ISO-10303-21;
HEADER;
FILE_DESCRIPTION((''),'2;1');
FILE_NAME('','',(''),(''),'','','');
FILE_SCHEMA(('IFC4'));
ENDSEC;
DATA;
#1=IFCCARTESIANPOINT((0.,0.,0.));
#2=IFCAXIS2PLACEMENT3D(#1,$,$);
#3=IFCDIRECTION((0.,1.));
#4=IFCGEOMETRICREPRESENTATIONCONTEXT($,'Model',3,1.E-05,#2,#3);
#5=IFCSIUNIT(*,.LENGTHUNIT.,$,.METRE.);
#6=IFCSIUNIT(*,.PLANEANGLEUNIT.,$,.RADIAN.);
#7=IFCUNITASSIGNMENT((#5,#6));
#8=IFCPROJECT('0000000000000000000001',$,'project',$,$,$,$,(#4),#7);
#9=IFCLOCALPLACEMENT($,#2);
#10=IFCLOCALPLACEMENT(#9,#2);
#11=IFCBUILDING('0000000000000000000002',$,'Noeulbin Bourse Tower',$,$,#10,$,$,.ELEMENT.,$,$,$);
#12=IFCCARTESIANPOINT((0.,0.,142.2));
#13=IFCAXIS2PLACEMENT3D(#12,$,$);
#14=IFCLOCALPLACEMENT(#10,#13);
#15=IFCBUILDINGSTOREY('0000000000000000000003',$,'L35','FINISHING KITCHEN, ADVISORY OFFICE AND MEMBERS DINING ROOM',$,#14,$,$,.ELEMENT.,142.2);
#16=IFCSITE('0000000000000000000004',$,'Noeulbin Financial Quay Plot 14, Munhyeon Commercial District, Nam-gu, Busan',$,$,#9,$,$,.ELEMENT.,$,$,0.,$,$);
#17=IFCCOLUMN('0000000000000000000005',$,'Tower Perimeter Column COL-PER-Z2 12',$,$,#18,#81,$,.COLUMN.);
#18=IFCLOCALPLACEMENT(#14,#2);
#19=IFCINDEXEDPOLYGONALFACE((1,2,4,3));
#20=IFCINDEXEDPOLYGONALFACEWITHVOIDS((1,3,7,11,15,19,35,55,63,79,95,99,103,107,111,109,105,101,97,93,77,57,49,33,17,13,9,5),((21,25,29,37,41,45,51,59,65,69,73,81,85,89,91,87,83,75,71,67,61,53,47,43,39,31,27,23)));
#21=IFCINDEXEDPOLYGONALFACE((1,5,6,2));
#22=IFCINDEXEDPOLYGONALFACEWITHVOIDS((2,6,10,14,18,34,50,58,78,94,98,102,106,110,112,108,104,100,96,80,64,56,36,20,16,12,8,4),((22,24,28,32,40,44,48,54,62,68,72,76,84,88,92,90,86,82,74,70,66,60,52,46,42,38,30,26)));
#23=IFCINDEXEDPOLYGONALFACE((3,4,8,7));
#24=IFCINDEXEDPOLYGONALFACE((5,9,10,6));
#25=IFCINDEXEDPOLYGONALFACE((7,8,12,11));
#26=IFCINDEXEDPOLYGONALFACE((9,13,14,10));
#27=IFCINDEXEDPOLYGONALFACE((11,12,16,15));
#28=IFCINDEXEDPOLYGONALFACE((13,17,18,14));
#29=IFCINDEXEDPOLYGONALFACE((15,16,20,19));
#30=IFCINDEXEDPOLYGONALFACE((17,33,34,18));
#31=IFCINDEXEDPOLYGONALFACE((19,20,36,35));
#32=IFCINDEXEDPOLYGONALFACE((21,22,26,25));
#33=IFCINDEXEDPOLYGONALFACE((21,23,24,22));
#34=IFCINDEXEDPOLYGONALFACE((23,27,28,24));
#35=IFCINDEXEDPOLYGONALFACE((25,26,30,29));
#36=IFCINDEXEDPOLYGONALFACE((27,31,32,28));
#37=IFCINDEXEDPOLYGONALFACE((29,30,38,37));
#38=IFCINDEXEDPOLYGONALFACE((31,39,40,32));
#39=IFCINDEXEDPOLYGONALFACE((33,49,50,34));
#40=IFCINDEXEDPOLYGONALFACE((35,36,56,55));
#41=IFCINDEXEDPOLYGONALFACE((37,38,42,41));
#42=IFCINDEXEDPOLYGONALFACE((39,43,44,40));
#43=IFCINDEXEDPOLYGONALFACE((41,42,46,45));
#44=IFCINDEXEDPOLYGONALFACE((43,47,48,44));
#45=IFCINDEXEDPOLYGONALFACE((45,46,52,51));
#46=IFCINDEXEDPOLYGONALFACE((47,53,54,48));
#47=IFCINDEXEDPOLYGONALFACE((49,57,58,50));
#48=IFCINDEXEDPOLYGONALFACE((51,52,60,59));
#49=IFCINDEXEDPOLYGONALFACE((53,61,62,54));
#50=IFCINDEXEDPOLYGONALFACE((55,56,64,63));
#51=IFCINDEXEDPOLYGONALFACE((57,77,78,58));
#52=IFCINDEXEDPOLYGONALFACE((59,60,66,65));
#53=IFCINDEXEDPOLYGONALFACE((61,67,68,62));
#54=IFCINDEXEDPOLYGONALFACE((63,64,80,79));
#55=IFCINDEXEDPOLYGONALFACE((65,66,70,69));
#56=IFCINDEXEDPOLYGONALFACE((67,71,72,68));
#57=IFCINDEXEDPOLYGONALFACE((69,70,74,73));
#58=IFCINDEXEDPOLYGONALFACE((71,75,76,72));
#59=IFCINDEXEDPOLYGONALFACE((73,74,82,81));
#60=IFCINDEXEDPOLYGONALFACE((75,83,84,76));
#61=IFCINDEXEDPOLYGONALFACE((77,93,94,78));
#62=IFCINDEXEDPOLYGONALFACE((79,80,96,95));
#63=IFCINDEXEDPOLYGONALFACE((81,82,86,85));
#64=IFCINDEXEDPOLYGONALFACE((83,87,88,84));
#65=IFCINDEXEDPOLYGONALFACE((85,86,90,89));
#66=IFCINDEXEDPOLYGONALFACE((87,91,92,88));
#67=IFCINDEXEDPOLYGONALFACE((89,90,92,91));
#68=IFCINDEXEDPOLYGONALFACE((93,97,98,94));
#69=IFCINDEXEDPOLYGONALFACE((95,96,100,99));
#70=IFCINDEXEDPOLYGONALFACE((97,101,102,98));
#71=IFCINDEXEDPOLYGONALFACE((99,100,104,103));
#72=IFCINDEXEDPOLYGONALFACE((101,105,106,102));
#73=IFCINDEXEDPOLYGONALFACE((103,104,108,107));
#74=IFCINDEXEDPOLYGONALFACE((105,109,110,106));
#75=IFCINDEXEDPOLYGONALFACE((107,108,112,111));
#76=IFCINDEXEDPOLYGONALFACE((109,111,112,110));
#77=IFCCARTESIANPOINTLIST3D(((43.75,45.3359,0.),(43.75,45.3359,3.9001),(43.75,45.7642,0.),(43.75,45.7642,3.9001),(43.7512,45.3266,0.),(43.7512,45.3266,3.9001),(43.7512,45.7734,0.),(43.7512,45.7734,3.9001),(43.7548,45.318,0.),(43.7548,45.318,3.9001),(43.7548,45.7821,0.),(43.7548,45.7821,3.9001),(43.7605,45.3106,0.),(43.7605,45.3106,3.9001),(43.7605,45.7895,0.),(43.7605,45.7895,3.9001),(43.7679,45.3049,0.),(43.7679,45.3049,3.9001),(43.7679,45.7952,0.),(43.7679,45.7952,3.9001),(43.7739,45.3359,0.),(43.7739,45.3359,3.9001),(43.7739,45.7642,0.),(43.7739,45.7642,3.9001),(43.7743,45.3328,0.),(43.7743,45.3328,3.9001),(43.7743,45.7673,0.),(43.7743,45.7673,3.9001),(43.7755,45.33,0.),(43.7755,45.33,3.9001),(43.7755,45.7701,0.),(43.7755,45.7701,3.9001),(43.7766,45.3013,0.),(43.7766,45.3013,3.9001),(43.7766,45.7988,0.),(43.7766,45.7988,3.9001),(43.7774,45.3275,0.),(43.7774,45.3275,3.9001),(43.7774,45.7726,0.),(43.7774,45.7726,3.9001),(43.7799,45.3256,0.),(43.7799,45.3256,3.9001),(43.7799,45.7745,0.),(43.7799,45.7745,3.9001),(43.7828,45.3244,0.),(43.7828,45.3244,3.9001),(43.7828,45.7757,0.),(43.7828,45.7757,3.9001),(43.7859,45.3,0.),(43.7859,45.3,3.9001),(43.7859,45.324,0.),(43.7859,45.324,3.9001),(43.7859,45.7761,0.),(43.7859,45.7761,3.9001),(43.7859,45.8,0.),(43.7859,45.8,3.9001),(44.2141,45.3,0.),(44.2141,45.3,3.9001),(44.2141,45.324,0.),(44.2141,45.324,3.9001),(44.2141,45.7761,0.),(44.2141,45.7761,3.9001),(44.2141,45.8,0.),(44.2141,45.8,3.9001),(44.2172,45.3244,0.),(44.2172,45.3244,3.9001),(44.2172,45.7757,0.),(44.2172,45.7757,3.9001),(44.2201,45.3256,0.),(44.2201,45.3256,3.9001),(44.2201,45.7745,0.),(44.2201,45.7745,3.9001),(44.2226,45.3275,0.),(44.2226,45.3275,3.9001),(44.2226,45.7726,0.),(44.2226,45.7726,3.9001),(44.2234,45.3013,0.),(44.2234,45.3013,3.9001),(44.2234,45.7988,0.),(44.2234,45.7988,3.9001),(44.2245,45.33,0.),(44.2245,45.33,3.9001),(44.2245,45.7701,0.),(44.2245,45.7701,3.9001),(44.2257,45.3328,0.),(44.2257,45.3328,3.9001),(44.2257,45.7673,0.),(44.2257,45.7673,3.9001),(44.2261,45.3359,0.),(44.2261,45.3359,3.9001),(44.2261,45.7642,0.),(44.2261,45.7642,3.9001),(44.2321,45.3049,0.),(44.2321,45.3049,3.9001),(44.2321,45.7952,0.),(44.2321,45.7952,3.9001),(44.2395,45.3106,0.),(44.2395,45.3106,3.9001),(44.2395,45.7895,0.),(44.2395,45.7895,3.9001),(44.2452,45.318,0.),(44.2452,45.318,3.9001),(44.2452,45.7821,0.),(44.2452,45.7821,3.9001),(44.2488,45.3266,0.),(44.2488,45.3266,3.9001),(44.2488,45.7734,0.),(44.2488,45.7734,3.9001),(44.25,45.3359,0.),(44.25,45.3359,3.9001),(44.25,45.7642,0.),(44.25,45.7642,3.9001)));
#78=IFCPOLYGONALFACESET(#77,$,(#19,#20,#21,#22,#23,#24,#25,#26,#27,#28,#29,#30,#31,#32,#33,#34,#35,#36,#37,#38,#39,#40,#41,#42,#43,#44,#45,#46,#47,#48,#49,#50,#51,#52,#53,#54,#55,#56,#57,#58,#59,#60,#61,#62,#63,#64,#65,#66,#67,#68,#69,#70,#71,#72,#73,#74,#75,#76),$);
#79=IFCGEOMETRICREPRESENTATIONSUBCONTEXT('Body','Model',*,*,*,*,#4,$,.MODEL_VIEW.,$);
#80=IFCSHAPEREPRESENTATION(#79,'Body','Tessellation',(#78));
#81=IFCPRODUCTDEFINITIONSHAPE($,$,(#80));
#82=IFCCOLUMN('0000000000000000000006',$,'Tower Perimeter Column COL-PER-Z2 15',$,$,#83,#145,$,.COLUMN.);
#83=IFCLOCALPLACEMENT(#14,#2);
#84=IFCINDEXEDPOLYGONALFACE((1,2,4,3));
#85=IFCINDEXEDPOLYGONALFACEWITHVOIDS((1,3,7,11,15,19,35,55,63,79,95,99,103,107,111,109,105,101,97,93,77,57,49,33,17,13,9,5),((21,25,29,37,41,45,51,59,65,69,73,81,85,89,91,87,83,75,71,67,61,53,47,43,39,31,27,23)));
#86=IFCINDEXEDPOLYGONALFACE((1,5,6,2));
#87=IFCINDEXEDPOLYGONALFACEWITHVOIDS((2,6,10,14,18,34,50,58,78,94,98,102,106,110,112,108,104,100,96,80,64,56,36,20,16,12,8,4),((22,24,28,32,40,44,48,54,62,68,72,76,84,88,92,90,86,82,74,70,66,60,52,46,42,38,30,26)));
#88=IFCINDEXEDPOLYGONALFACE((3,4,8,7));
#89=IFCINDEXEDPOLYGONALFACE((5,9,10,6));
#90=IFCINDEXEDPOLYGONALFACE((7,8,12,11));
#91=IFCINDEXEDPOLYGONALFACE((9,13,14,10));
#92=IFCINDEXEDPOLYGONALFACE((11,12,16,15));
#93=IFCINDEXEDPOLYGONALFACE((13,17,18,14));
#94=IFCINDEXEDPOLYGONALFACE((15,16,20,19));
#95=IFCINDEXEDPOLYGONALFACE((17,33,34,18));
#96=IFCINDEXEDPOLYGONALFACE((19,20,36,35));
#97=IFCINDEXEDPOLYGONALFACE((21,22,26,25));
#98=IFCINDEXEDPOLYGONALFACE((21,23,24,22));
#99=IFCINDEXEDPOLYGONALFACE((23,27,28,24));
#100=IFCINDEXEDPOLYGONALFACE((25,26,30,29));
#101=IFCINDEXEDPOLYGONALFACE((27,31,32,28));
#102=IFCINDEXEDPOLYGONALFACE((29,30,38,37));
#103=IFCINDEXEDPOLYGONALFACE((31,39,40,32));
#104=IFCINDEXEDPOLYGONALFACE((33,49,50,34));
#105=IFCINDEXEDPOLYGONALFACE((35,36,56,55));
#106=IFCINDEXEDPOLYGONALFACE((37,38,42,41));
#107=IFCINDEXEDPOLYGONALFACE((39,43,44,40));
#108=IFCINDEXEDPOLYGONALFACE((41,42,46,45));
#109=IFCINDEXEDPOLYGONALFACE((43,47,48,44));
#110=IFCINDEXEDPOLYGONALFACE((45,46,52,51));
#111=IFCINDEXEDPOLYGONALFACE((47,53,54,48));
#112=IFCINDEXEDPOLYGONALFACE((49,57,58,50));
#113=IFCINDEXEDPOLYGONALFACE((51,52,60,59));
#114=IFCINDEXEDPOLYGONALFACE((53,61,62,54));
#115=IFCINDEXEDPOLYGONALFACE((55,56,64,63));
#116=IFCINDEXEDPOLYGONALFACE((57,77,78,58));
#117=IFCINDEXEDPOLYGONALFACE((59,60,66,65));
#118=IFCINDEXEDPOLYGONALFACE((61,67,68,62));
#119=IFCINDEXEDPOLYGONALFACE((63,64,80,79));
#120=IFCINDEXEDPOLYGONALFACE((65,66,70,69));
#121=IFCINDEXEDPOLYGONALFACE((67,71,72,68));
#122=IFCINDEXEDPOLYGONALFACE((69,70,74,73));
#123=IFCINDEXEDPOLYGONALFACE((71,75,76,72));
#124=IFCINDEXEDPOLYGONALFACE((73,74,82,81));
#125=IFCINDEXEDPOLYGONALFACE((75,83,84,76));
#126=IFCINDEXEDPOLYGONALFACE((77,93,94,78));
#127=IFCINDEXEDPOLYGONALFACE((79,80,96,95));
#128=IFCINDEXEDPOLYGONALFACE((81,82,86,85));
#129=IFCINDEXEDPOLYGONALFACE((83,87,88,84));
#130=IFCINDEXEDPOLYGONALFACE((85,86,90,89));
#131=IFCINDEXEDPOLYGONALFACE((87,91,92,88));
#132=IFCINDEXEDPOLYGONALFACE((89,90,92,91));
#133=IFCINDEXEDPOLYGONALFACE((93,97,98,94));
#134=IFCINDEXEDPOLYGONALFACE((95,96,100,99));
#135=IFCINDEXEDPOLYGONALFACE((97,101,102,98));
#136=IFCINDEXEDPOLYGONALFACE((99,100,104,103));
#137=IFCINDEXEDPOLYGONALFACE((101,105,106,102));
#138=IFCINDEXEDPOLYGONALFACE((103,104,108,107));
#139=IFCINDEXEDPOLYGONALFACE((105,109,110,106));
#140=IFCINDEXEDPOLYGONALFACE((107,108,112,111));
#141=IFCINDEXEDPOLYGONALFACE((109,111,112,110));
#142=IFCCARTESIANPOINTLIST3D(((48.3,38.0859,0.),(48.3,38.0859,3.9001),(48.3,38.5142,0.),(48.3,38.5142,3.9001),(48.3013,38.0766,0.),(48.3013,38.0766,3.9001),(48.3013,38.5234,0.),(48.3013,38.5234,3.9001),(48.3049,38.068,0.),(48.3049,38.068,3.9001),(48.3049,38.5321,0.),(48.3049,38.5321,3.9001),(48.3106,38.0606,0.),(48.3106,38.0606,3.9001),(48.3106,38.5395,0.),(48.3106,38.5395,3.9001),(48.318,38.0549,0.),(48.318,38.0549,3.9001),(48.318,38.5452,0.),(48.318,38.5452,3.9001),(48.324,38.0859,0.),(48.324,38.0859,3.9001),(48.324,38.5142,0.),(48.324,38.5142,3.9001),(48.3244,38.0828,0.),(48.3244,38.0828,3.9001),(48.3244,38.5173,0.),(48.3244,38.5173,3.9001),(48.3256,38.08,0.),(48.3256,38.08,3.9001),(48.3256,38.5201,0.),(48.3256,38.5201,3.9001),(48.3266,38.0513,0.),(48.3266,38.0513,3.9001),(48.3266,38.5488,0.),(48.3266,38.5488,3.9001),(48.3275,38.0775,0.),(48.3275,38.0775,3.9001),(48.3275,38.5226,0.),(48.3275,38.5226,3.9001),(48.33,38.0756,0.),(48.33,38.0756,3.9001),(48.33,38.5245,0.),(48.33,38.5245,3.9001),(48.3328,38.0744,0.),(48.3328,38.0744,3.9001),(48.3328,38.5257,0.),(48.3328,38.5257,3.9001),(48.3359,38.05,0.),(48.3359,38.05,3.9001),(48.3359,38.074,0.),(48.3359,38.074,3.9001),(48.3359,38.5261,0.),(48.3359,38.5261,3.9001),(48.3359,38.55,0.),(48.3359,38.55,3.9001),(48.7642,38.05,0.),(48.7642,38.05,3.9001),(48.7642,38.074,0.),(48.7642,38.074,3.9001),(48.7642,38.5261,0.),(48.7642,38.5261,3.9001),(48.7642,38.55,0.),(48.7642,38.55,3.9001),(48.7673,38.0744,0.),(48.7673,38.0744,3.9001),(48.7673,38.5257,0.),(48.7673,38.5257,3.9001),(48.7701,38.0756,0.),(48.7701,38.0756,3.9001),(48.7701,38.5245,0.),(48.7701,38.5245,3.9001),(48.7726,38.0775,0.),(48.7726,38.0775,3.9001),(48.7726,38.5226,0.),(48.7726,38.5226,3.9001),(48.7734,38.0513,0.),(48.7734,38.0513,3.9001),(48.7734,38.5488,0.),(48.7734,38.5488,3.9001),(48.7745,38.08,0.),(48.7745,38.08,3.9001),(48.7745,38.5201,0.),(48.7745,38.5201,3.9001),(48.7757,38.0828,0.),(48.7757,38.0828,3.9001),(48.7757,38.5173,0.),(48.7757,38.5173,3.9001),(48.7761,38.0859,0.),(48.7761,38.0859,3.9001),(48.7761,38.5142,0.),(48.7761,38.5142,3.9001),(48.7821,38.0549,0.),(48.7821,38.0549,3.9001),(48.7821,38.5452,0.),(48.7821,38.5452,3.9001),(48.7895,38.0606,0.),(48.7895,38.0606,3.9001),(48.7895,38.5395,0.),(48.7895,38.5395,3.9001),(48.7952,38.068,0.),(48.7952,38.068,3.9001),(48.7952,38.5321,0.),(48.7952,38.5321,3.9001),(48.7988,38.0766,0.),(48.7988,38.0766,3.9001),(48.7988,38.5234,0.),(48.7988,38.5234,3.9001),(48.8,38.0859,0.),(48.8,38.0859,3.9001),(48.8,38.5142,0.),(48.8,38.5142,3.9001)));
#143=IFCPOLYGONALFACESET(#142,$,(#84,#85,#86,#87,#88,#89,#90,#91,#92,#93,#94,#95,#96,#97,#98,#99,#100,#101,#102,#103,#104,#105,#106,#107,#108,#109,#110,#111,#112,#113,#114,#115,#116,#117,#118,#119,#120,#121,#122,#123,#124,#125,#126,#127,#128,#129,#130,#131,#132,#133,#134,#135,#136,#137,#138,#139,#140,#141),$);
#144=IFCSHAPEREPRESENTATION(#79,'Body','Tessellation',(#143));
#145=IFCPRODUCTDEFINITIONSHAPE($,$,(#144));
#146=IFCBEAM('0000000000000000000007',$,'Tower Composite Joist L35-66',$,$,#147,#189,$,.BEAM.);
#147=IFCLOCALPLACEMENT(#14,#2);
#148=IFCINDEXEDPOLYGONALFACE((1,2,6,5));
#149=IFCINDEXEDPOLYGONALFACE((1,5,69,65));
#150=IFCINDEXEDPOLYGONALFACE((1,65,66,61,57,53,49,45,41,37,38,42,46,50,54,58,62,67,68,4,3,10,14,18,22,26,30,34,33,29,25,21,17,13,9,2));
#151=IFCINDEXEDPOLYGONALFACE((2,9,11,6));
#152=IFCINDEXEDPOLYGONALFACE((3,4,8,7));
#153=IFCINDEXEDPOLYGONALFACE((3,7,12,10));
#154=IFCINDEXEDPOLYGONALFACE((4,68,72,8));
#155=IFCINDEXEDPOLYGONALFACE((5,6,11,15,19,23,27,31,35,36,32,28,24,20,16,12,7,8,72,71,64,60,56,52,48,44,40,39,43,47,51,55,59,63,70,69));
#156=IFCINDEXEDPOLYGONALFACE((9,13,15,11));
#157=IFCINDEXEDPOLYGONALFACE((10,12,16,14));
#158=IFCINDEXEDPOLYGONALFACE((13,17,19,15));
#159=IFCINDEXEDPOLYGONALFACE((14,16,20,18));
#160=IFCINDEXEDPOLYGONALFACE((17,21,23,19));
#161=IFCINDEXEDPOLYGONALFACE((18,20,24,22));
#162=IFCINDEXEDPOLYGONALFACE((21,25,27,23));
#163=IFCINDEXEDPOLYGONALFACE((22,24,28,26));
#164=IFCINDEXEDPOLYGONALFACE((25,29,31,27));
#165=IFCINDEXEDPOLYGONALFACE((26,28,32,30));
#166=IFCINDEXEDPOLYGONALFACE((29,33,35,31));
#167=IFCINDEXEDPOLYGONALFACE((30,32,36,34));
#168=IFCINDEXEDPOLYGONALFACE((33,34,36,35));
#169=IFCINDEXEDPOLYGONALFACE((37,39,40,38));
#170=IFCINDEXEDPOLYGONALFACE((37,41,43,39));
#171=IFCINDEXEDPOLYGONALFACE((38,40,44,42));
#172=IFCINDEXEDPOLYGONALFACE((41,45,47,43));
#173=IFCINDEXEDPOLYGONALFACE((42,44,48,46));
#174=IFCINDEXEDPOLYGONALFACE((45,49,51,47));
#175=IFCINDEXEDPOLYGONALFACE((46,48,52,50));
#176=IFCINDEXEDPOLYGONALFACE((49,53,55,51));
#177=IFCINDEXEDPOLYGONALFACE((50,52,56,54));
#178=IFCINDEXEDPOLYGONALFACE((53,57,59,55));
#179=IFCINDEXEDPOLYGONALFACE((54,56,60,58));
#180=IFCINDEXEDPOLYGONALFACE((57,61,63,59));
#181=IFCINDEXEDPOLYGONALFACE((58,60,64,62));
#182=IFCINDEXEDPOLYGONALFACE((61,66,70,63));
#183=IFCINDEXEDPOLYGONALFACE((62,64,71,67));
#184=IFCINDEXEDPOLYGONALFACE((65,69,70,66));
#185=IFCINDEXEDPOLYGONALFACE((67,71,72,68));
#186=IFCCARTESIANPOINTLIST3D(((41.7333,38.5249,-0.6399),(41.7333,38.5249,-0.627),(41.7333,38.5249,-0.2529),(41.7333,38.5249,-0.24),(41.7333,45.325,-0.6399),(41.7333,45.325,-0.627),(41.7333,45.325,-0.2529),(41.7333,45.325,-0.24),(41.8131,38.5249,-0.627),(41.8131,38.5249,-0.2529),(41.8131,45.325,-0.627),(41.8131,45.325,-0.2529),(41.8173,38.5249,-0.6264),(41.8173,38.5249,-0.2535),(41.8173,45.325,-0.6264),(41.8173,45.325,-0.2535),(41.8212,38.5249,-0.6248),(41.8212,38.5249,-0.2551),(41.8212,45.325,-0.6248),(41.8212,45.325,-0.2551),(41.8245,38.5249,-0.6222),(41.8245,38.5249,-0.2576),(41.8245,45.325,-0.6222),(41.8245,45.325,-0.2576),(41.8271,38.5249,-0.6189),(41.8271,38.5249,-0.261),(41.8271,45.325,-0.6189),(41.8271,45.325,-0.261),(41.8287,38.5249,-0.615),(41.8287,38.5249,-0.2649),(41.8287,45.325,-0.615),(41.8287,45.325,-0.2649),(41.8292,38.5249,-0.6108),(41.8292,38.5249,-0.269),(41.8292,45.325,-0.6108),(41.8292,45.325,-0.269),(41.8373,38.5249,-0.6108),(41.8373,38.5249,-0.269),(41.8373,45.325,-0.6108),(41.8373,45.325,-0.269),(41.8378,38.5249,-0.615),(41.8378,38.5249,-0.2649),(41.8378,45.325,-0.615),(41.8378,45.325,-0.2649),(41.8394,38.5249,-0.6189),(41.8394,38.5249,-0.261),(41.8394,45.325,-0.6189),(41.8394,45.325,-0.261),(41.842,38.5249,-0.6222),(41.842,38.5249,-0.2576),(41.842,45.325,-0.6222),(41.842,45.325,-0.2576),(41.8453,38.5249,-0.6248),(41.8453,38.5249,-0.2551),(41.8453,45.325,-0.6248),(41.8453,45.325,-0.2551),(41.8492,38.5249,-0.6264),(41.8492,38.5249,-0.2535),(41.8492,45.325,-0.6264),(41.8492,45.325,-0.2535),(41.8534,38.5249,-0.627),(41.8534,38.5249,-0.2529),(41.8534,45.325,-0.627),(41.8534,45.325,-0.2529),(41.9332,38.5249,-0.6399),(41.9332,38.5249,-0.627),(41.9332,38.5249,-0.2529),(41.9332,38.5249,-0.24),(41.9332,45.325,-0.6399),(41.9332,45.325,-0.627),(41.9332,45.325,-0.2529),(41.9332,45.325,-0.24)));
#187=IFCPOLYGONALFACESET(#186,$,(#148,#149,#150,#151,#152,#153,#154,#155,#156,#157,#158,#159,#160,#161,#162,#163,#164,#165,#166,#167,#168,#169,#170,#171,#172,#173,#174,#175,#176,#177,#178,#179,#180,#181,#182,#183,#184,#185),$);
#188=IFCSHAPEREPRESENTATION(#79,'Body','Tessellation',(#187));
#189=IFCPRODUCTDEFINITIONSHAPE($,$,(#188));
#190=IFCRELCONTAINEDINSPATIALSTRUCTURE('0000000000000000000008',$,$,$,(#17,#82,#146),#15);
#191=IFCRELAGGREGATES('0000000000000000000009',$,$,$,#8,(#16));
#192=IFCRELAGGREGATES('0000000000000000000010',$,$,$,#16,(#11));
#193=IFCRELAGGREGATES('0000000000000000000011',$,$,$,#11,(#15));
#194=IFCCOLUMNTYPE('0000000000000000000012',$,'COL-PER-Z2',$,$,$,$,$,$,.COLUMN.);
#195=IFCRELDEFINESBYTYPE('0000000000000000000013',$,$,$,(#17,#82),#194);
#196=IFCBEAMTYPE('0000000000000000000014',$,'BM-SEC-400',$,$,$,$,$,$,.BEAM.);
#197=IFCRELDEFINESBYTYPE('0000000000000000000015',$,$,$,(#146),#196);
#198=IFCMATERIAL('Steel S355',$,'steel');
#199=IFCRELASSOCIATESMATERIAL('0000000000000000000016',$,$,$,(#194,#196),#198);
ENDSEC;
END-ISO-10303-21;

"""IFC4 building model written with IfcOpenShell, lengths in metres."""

from ifc_helpers import new_model, si_unit, direction, frame, origin, origin_2d, place, context, subcontext, project, spatial, hollow_rectangle, i_section, extrude, material, material_profile, profile_set, type_object, element, save


model = new_model("IFC4")

# Units and contexts
model_context = context("Model", 3, precision=1e-05, world=origin(), true_north=direction((0.0, 1.0)))
body_context = subcontext(model_context, "Body", "Model", "MODEL_VIEW")
ifc_project = project(units=[si_unit("LENGTHUNIT", "METRE"), si_unit("PLANEANGLEUNIT", "RADIAN")], contexts=[model_context])

# Site, building, storey
site_placement = place(None, origin())
site = spatial("IfcSite", under=ifc_project, at=site_placement, Name="Noeulbin Financial Quay Plot 14, Munhyeon Commercial District, Nam-gu, Busan", CompositionType="ELEMENT", RefElevation=0.0)
building_placement = place(site_placement, origin())
building = spatial("IfcBuilding", under=site, at=building_placement, Name="Noeulbin Bourse Tower", CompositionType="ELEMENT")
storey_placement = place(building_placement, frame((0.0, 0.0, 142.2)))
storey = spatial("IfcBuildingStorey", under=building, at=storey_placement, Name="L35", Description="FINISHING KITCHEN, ADVISORY OFFICE AND MEMBERS DINING ROOM", CompositionType="ELEMENT", Elevation=142.2)

# Columns
ifc_material_1 = material(Name="Steel S355", Category="steel")
ifc_material_profile_1 = material_profile(ifc_material_1, hollow_rectangle(XDim=0.5, YDim=0.5, WallThickness=0.0239, InnerFilletRadius=0.012, OuterFilletRadius=0.0359, at=origin_2d()), Name="BOX-500x500x24", Category="LoadBearing")
ifc_profile_set_1 = profile_set([ifc_material_profile_1], Name="Steel S355")
column_type = type_object("IfcColumnType", Name="COL-PER-Z2", PredefinedType="COLUMN", material=ifc_profile_set_1)
for number, where, z_axis, x_axis, name in (
    (1, (44.0, 45.55, 0.0), (0.0, 0.0, 1.0), (1.0, 0.0, 0.0), "Tower Perimeter Column COL-PER-Z2 12"),
    (2, (48.55, 38.3, 0.0), (0.0, 0.0, 1.0), (1.0, 0.0, 0.0), "Tower Perimeter Column COL-PER-Z2 15"),
):
    element("IfcColumn", number, at=place(storey_placement, frame(where, z_axis=z_axis, x_axis=x_axis)), inside=storey, type_object=column_type, Name=name, PredefinedType="COLUMN", context=body_context, shape_type="SweptSolid", body=[
        extrude(hollow_rectangle(XDim=0.5, YDim=0.5, WallThickness=0.0239, InnerFilletRadius=0.012, OuterFilletRadius=0.0359, at=origin_2d()), origin(), (0.0, 0.0, 1.0), 3.9001),
    ])

# Beam
ifc_material_profile_2 = material_profile(ifc_material_1, i_section(OverallWidth=0.2, OverallDepth=0.3999, WebThickness=0.0081, FlangeThickness=0.0129, FilletRadius=0.0161, at=origin_2d()), Name="H-400x200x8x13", Category="LoadBearing")
ifc_profile_set_2 = profile_set([ifc_material_profile_2], Name="Steel S355")
beam_type_1 = type_object("IfcBeamType", Name="BM-SEC-400", PredefinedType="BEAM", material=ifc_profile_set_2)
for number, where, z_axis, x_axis, name in (
    (3, (41.8333, 38.5249, -0.4399), (0.0, 1.0, 0.0), (-1.0, 0.0, 0.0), "Tower Composite Joist L35-66"),
):
    element("IfcBeam", number, at=place(storey_placement, frame(where, z_axis=z_axis, x_axis=x_axis)), inside=storey, type_object=beam_type_1, Name=name, PredefinedType="BEAM", context=body_context, shape_type="SweptSolid", body=[
        extrude(i_section(OverallWidth=0.2, OverallDepth=0.3999, WebThickness=0.0081, FlangeThickness=0.0129, FilletRadius=0.0161, at=origin_2d()), origin(), (0.0, 0.0, 1.0), 6.8),
    ])

save(model, "model.ifc")
